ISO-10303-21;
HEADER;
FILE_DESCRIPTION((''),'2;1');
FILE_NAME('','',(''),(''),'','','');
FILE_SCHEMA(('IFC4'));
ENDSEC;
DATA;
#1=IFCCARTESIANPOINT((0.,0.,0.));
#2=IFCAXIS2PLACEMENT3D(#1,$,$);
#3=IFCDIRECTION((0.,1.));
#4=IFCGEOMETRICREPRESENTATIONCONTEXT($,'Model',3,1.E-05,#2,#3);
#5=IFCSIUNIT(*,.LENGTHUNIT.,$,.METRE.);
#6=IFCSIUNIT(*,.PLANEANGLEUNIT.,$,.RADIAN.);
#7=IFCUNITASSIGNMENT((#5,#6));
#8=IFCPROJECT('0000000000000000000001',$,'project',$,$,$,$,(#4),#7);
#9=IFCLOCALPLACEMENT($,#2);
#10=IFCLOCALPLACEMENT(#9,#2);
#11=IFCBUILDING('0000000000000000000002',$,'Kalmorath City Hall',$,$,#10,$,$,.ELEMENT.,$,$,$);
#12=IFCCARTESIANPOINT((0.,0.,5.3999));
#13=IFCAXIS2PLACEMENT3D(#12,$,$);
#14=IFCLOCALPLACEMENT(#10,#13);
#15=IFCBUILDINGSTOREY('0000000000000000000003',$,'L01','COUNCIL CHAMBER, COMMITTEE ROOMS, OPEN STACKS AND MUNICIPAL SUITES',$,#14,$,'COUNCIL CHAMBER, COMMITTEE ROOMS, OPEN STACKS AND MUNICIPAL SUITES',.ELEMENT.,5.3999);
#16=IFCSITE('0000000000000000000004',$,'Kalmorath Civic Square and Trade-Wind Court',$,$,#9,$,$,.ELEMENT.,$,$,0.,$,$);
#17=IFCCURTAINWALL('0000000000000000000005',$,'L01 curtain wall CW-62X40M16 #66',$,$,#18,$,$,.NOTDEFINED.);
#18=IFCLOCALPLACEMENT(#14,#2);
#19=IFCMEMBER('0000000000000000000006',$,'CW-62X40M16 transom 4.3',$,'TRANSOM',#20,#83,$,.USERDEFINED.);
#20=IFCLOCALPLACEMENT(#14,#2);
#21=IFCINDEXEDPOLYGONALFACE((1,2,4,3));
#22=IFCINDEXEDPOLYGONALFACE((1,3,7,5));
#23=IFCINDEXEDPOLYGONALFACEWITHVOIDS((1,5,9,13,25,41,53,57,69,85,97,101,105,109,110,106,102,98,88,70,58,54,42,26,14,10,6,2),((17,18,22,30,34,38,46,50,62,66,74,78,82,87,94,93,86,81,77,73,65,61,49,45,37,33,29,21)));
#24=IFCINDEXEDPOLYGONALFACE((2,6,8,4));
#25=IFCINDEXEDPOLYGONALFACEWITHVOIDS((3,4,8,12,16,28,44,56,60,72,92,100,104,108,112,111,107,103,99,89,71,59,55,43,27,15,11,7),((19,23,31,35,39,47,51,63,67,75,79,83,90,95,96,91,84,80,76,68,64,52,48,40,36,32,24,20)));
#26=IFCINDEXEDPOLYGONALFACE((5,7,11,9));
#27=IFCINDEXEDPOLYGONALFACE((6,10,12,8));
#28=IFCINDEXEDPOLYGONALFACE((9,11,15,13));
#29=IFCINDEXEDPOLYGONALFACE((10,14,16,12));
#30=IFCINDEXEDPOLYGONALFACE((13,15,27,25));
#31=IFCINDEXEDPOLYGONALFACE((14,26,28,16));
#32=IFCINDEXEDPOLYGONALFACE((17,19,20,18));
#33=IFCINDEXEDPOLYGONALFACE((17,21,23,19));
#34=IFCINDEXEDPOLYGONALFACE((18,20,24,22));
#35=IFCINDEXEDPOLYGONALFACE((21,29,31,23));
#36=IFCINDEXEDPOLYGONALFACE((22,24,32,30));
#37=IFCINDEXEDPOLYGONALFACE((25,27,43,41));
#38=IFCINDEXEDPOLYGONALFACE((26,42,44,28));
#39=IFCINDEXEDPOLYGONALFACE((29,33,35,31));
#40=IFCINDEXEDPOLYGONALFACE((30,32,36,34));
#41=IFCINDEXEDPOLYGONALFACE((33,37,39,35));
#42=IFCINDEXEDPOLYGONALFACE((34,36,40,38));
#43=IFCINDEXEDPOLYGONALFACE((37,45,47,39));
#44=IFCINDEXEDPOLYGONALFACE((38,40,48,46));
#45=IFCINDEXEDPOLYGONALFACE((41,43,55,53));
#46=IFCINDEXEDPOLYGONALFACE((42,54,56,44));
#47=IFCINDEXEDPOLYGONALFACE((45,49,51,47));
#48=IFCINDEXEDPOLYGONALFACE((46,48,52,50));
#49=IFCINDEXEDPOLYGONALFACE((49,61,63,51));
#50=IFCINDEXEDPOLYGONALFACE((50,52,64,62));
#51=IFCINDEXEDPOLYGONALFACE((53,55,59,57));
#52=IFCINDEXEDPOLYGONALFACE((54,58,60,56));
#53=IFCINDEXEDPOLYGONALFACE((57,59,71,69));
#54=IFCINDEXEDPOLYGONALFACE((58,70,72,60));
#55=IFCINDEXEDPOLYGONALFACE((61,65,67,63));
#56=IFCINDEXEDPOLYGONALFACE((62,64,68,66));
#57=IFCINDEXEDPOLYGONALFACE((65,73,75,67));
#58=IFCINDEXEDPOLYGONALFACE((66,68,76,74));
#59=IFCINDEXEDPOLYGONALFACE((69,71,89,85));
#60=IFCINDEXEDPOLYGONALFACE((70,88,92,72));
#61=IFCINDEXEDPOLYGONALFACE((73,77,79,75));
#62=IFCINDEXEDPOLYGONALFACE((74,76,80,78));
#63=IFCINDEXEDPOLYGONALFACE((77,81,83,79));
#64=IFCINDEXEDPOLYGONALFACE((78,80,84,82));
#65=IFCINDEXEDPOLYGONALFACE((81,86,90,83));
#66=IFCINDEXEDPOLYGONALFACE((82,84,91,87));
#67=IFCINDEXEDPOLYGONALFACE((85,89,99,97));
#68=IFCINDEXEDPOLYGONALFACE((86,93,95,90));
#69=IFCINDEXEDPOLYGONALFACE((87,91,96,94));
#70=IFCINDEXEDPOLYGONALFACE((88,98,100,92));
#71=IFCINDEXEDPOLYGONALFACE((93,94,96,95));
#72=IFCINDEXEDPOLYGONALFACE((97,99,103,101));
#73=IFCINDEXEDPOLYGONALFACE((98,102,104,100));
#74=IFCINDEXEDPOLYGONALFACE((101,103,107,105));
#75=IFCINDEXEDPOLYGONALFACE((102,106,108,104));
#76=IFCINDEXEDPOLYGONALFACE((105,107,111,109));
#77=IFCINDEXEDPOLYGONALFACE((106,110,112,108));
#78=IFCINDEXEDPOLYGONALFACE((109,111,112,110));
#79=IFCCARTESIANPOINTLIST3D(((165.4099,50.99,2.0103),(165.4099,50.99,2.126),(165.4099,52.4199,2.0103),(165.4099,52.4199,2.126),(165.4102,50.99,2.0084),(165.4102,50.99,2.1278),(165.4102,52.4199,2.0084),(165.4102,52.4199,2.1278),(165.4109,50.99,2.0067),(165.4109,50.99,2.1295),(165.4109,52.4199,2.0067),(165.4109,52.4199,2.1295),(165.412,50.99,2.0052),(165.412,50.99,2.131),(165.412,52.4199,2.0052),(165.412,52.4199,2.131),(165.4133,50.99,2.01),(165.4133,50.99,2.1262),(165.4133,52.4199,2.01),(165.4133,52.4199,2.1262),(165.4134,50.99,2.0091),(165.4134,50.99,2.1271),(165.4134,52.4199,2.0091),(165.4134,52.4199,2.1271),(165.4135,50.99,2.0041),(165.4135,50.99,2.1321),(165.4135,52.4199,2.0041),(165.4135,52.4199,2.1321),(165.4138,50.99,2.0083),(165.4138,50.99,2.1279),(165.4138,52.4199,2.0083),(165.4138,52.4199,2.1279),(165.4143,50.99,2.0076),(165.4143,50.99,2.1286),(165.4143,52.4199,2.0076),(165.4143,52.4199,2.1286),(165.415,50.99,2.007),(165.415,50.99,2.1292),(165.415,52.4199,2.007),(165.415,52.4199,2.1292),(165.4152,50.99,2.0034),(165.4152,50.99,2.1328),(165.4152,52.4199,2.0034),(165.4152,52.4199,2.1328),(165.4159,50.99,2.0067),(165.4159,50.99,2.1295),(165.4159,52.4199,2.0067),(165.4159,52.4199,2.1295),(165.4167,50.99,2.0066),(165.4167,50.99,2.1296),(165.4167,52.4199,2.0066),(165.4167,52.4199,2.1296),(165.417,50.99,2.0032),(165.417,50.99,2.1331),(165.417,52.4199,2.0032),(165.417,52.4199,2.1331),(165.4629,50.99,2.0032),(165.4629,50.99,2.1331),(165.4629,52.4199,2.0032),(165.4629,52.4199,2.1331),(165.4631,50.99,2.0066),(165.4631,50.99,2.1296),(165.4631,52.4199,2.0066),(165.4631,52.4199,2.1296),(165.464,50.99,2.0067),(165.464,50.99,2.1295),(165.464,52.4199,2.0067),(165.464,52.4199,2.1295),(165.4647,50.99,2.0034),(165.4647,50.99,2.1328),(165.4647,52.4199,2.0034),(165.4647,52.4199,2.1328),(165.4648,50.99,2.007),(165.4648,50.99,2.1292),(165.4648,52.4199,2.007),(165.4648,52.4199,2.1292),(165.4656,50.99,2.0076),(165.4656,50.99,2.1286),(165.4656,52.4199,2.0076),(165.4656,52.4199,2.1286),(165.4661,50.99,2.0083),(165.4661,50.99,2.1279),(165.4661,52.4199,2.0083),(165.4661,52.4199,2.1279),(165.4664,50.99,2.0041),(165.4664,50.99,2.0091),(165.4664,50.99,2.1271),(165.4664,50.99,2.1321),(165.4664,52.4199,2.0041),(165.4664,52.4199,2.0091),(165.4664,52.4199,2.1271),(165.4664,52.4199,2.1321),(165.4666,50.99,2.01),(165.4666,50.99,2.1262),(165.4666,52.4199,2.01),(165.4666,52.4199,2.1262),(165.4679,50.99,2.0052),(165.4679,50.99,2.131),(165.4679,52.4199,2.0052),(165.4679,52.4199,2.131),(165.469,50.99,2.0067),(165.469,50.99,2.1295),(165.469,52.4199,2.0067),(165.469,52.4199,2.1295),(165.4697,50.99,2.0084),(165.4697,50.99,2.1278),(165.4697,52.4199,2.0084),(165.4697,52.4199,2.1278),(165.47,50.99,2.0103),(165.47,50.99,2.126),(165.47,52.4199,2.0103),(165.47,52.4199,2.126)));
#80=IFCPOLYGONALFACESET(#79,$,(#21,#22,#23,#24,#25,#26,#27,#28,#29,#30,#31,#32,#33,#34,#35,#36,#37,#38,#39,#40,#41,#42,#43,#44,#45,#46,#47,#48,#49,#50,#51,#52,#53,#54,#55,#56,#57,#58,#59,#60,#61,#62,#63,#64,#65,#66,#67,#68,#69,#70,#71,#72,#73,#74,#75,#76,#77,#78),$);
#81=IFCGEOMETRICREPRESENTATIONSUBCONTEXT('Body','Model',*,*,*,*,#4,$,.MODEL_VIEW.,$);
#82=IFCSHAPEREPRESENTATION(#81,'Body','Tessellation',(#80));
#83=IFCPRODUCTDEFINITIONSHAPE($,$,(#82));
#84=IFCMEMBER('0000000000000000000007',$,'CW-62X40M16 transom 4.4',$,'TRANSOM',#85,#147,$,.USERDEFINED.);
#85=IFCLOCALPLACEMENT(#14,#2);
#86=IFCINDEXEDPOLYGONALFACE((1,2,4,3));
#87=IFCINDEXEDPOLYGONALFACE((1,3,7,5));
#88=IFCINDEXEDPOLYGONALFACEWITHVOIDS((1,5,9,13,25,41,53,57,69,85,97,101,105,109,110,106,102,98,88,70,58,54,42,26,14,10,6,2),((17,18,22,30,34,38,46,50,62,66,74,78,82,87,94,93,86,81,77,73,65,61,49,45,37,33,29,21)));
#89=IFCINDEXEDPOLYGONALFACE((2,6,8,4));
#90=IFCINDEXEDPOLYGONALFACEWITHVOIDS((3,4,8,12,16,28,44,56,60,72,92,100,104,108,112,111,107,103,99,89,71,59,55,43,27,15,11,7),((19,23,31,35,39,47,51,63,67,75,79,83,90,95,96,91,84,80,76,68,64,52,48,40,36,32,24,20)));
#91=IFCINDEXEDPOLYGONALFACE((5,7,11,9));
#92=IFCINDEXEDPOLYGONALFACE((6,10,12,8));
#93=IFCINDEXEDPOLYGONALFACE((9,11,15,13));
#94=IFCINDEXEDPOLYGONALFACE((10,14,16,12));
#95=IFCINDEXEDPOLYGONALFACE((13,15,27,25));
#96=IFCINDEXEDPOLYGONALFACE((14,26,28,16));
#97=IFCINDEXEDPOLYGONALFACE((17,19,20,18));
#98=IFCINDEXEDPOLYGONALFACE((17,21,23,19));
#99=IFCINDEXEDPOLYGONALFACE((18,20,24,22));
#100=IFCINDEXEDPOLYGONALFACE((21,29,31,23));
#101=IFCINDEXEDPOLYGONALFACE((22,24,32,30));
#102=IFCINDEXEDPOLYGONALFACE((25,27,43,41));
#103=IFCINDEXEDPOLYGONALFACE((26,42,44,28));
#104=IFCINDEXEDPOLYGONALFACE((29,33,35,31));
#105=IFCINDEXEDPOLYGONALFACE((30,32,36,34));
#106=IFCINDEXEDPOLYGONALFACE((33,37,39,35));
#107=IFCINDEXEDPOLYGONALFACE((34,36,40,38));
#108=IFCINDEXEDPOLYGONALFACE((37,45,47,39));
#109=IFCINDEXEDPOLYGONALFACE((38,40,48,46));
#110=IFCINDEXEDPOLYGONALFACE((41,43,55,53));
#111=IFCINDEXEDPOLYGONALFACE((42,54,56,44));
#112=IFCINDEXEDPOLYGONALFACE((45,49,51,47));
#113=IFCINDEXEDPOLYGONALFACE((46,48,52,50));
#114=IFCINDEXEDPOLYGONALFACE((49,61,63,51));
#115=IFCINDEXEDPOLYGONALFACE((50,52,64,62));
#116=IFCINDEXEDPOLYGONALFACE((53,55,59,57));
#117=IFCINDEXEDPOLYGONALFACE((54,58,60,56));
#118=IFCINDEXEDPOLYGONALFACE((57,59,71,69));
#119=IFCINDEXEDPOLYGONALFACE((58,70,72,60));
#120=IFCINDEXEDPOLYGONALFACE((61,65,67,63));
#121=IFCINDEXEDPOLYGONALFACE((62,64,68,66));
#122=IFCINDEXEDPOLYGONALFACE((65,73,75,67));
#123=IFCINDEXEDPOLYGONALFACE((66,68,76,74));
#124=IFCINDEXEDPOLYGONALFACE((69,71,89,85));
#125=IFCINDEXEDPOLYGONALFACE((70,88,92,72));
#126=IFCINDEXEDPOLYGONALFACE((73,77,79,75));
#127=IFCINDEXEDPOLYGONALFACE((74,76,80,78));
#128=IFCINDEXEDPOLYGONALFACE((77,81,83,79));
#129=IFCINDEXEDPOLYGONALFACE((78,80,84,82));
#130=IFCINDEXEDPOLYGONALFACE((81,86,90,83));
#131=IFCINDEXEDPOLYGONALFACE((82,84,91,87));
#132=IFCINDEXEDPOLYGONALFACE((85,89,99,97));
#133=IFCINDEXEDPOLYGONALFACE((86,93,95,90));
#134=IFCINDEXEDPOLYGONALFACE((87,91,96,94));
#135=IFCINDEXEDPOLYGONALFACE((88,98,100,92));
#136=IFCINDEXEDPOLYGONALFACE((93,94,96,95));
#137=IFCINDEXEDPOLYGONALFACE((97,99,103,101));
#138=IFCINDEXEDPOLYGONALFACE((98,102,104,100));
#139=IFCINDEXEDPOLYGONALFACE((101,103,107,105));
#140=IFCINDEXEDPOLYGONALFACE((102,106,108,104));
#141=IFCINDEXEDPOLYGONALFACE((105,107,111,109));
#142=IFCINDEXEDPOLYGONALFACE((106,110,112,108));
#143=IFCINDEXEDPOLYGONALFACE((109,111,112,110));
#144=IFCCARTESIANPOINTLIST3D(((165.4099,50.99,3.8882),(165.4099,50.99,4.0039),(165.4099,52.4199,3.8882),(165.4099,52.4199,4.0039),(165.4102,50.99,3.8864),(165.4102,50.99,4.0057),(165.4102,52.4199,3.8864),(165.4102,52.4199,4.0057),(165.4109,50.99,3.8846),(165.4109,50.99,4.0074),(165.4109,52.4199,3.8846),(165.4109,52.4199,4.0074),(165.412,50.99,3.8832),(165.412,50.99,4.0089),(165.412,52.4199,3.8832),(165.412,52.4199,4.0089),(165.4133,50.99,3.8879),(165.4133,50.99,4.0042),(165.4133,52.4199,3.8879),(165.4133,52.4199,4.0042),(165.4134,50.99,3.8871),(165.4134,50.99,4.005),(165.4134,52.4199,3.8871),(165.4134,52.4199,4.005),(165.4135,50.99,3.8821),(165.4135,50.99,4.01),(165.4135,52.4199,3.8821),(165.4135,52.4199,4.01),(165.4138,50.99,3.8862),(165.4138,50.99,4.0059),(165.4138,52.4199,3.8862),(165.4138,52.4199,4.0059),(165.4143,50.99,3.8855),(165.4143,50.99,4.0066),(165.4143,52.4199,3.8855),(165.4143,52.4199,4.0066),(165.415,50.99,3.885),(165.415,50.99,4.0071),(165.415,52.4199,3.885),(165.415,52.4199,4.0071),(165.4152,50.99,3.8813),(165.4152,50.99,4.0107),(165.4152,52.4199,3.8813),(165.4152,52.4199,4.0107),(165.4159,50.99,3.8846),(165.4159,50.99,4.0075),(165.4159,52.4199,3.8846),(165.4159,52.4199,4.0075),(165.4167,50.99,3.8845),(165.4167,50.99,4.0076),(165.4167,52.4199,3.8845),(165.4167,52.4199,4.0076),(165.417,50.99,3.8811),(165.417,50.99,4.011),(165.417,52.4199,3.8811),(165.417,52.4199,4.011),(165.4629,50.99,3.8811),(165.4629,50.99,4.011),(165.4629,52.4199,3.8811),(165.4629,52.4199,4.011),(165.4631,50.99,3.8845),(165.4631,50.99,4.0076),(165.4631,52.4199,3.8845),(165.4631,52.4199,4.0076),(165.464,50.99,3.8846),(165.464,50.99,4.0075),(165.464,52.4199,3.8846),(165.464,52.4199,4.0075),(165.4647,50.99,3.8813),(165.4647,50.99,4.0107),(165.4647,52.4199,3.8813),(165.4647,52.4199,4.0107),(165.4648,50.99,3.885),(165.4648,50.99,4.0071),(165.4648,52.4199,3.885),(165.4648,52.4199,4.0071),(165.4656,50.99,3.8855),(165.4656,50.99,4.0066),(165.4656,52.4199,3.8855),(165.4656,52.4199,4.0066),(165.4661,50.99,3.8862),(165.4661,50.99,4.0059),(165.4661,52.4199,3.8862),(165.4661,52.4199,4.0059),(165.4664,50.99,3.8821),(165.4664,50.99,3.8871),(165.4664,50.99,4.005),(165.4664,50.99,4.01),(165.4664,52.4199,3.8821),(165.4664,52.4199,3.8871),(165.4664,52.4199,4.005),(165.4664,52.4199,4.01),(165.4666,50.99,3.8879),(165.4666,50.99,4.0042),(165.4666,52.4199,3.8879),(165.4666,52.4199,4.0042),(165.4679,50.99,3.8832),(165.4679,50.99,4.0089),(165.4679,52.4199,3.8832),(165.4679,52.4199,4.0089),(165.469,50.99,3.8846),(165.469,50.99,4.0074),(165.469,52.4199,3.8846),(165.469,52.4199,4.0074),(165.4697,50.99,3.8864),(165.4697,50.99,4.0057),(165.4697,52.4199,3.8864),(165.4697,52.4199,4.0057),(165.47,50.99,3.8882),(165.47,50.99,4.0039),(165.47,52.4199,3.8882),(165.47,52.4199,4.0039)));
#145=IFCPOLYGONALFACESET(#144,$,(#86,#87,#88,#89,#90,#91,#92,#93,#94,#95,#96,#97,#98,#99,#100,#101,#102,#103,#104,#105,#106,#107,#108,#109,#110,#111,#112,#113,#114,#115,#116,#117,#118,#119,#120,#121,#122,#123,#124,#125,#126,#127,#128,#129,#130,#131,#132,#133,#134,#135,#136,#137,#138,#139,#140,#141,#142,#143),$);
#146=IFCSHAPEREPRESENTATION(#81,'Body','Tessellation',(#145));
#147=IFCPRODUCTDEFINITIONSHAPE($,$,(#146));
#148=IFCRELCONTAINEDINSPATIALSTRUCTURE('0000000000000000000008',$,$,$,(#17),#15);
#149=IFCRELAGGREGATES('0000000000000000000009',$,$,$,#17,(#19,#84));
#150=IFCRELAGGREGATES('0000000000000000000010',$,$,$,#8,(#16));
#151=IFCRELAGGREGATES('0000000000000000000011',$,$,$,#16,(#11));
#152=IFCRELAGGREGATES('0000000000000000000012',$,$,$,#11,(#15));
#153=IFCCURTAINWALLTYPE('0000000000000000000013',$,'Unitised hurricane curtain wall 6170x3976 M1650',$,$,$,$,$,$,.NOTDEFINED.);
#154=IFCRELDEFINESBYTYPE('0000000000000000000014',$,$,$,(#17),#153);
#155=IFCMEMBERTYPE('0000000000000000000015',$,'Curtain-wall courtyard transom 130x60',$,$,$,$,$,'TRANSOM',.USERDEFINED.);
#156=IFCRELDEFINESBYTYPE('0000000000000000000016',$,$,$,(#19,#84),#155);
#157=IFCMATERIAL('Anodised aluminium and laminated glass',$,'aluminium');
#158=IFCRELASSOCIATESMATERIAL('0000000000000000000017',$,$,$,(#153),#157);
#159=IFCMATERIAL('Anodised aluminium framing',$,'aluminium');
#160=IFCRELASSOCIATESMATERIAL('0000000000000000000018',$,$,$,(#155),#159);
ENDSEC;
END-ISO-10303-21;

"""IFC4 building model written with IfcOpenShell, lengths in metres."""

from ifc_helpers import new_model, si_unit, direction, frame, origin, origin_2d, place, context, subcontext, project, spatial, hollow_rectangle, extrude, material, material_profile, profile_set, type_object, element, aggregate, save


model = new_model("IFC4")

# Units and contexts
model_context = context("Model", 3, precision=1e-05, world=origin(), true_north=direction((0.0, 1.0)))
body_context = subcontext(model_context, "Body", "Model", "MODEL_VIEW")
ifc_project = project(units=[si_unit("LENGTHUNIT", "METRE"), si_unit("PLANEANGLEUNIT", "RADIAN")], contexts=[model_context])

# Site, building, storey
site_placement = place(None, origin())
site = spatial("IfcSite", under=ifc_project, at=site_placement, Name="Kalmorath Civic Square and Trade-Wind Court", CompositionType="ELEMENT", RefElevation=0.0)
building_placement = place(site_placement, origin())
building = spatial("IfcBuilding", under=site, at=building_placement, Name="Kalmorath City Hall", CompositionType="ELEMENT")
storey_placement = place(building_placement, frame((0.0, 0.0, 5.3999)))
storey = spatial("IfcBuildingStorey", under=building, at=storey_placement, Name="L01", Description="COUNCIL CHAMBER, COMMITTEE ROOMS, OPEN STACKS AND MUNICIPAL SUITES", LongName="COUNCIL CHAMBER, COMMITTEE ROOMS, OPEN STACKS AND MUNICIPAL SUITES", CompositionType="ELEMENT", Elevation=5.3999)

# Curtain wall, members
ifc_material_1 = material(Name="Anodised aluminium and laminated glass", Category="aluminium")
curtain_wall_type = type_object("IfcCurtainWallType", Name="Unitised hurricane curtain wall 6170x3976 M1650", PredefinedType="NOTDEFINED", material=ifc_material_1)
curtain_wall_placement = place(storey_placement, origin())
curtain_wall = element("IfcCurtainWall", 1, at=curtain_wall_placement, inside=storey, type_object=curtain_wall_type, Name="L01 curtain wall CW-62X40M16 #66", PredefinedType="NOTDEFINED")
ifc_material_2 = material(Name="Anodised aluminium framing", Category="aluminium")
ifc_material_profile_1 = material_profile(ifc_material_2, hollow_rectangle(XDim=0.0601, YDim=0.1299, WallThickness=0.0034, InnerFilletRadius=0.0034, OuterFilletRadius=0.0071, at=origin_2d()), Name="ALU-TRN-130X60X3.5")
ifc_profile_set_1 = profile_set([ifc_material_profile_1], Name="Anodised aluminium framing")
member_type_1 = type_object("IfcMemberType", Name="Curtain-wall courtyard transom 130x60", ElementType="TRANSOM", PredefinedType="USERDEFINED", material=ifc_profile_set_1)
member_1_placement = place(storey_placement, frame((165.4399, 52.4199, 2.0681), z_axis=(0.0, -1.0, 0.0), x_axis=(1.0, 0.0, 0.0)))
member_1 = element("IfcMember", 2, at=member_1_placement, type_object=member_type_1, Name="CW-62X40M16 transom 4.3", ObjectType="TRANSOM", PredefinedType="USERDEFINED", context=body_context, shape_type="SweptSolid", body=[
    extrude(hollow_rectangle(XDim=0.0601, YDim=0.1299, WallThickness=0.0034, InnerFilletRadius=0.0034, OuterFilletRadius=0.0071, at=origin_2d()), origin(), (0.0, 0.0, 1.0), 1.4299),
])
member_2_placement = place(storey_placement, frame((165.4399, 52.4199, 3.946), z_axis=(0.0, -1.0, 0.0), x_axis=(1.0, 0.0, 0.0)))
member_2 = element("IfcMember", 3, at=member_2_placement, type_object=member_type_1, Name="CW-62X40M16 transom 4.4", ObjectType="TRANSOM", PredefinedType="USERDEFINED", context=body_context, shape_type="SweptSolid", body=[
    extrude(hollow_rectangle(XDim=0.0601, YDim=0.1299, WallThickness=0.0034, InnerFilletRadius=0.0034, OuterFilletRadius=0.0071, at=origin_2d()), origin(), (0.0, 0.0, 1.0), 1.4299),
])

aggregate(curtain_wall, [member_1, member_2])

save(model, "model.ifc")
